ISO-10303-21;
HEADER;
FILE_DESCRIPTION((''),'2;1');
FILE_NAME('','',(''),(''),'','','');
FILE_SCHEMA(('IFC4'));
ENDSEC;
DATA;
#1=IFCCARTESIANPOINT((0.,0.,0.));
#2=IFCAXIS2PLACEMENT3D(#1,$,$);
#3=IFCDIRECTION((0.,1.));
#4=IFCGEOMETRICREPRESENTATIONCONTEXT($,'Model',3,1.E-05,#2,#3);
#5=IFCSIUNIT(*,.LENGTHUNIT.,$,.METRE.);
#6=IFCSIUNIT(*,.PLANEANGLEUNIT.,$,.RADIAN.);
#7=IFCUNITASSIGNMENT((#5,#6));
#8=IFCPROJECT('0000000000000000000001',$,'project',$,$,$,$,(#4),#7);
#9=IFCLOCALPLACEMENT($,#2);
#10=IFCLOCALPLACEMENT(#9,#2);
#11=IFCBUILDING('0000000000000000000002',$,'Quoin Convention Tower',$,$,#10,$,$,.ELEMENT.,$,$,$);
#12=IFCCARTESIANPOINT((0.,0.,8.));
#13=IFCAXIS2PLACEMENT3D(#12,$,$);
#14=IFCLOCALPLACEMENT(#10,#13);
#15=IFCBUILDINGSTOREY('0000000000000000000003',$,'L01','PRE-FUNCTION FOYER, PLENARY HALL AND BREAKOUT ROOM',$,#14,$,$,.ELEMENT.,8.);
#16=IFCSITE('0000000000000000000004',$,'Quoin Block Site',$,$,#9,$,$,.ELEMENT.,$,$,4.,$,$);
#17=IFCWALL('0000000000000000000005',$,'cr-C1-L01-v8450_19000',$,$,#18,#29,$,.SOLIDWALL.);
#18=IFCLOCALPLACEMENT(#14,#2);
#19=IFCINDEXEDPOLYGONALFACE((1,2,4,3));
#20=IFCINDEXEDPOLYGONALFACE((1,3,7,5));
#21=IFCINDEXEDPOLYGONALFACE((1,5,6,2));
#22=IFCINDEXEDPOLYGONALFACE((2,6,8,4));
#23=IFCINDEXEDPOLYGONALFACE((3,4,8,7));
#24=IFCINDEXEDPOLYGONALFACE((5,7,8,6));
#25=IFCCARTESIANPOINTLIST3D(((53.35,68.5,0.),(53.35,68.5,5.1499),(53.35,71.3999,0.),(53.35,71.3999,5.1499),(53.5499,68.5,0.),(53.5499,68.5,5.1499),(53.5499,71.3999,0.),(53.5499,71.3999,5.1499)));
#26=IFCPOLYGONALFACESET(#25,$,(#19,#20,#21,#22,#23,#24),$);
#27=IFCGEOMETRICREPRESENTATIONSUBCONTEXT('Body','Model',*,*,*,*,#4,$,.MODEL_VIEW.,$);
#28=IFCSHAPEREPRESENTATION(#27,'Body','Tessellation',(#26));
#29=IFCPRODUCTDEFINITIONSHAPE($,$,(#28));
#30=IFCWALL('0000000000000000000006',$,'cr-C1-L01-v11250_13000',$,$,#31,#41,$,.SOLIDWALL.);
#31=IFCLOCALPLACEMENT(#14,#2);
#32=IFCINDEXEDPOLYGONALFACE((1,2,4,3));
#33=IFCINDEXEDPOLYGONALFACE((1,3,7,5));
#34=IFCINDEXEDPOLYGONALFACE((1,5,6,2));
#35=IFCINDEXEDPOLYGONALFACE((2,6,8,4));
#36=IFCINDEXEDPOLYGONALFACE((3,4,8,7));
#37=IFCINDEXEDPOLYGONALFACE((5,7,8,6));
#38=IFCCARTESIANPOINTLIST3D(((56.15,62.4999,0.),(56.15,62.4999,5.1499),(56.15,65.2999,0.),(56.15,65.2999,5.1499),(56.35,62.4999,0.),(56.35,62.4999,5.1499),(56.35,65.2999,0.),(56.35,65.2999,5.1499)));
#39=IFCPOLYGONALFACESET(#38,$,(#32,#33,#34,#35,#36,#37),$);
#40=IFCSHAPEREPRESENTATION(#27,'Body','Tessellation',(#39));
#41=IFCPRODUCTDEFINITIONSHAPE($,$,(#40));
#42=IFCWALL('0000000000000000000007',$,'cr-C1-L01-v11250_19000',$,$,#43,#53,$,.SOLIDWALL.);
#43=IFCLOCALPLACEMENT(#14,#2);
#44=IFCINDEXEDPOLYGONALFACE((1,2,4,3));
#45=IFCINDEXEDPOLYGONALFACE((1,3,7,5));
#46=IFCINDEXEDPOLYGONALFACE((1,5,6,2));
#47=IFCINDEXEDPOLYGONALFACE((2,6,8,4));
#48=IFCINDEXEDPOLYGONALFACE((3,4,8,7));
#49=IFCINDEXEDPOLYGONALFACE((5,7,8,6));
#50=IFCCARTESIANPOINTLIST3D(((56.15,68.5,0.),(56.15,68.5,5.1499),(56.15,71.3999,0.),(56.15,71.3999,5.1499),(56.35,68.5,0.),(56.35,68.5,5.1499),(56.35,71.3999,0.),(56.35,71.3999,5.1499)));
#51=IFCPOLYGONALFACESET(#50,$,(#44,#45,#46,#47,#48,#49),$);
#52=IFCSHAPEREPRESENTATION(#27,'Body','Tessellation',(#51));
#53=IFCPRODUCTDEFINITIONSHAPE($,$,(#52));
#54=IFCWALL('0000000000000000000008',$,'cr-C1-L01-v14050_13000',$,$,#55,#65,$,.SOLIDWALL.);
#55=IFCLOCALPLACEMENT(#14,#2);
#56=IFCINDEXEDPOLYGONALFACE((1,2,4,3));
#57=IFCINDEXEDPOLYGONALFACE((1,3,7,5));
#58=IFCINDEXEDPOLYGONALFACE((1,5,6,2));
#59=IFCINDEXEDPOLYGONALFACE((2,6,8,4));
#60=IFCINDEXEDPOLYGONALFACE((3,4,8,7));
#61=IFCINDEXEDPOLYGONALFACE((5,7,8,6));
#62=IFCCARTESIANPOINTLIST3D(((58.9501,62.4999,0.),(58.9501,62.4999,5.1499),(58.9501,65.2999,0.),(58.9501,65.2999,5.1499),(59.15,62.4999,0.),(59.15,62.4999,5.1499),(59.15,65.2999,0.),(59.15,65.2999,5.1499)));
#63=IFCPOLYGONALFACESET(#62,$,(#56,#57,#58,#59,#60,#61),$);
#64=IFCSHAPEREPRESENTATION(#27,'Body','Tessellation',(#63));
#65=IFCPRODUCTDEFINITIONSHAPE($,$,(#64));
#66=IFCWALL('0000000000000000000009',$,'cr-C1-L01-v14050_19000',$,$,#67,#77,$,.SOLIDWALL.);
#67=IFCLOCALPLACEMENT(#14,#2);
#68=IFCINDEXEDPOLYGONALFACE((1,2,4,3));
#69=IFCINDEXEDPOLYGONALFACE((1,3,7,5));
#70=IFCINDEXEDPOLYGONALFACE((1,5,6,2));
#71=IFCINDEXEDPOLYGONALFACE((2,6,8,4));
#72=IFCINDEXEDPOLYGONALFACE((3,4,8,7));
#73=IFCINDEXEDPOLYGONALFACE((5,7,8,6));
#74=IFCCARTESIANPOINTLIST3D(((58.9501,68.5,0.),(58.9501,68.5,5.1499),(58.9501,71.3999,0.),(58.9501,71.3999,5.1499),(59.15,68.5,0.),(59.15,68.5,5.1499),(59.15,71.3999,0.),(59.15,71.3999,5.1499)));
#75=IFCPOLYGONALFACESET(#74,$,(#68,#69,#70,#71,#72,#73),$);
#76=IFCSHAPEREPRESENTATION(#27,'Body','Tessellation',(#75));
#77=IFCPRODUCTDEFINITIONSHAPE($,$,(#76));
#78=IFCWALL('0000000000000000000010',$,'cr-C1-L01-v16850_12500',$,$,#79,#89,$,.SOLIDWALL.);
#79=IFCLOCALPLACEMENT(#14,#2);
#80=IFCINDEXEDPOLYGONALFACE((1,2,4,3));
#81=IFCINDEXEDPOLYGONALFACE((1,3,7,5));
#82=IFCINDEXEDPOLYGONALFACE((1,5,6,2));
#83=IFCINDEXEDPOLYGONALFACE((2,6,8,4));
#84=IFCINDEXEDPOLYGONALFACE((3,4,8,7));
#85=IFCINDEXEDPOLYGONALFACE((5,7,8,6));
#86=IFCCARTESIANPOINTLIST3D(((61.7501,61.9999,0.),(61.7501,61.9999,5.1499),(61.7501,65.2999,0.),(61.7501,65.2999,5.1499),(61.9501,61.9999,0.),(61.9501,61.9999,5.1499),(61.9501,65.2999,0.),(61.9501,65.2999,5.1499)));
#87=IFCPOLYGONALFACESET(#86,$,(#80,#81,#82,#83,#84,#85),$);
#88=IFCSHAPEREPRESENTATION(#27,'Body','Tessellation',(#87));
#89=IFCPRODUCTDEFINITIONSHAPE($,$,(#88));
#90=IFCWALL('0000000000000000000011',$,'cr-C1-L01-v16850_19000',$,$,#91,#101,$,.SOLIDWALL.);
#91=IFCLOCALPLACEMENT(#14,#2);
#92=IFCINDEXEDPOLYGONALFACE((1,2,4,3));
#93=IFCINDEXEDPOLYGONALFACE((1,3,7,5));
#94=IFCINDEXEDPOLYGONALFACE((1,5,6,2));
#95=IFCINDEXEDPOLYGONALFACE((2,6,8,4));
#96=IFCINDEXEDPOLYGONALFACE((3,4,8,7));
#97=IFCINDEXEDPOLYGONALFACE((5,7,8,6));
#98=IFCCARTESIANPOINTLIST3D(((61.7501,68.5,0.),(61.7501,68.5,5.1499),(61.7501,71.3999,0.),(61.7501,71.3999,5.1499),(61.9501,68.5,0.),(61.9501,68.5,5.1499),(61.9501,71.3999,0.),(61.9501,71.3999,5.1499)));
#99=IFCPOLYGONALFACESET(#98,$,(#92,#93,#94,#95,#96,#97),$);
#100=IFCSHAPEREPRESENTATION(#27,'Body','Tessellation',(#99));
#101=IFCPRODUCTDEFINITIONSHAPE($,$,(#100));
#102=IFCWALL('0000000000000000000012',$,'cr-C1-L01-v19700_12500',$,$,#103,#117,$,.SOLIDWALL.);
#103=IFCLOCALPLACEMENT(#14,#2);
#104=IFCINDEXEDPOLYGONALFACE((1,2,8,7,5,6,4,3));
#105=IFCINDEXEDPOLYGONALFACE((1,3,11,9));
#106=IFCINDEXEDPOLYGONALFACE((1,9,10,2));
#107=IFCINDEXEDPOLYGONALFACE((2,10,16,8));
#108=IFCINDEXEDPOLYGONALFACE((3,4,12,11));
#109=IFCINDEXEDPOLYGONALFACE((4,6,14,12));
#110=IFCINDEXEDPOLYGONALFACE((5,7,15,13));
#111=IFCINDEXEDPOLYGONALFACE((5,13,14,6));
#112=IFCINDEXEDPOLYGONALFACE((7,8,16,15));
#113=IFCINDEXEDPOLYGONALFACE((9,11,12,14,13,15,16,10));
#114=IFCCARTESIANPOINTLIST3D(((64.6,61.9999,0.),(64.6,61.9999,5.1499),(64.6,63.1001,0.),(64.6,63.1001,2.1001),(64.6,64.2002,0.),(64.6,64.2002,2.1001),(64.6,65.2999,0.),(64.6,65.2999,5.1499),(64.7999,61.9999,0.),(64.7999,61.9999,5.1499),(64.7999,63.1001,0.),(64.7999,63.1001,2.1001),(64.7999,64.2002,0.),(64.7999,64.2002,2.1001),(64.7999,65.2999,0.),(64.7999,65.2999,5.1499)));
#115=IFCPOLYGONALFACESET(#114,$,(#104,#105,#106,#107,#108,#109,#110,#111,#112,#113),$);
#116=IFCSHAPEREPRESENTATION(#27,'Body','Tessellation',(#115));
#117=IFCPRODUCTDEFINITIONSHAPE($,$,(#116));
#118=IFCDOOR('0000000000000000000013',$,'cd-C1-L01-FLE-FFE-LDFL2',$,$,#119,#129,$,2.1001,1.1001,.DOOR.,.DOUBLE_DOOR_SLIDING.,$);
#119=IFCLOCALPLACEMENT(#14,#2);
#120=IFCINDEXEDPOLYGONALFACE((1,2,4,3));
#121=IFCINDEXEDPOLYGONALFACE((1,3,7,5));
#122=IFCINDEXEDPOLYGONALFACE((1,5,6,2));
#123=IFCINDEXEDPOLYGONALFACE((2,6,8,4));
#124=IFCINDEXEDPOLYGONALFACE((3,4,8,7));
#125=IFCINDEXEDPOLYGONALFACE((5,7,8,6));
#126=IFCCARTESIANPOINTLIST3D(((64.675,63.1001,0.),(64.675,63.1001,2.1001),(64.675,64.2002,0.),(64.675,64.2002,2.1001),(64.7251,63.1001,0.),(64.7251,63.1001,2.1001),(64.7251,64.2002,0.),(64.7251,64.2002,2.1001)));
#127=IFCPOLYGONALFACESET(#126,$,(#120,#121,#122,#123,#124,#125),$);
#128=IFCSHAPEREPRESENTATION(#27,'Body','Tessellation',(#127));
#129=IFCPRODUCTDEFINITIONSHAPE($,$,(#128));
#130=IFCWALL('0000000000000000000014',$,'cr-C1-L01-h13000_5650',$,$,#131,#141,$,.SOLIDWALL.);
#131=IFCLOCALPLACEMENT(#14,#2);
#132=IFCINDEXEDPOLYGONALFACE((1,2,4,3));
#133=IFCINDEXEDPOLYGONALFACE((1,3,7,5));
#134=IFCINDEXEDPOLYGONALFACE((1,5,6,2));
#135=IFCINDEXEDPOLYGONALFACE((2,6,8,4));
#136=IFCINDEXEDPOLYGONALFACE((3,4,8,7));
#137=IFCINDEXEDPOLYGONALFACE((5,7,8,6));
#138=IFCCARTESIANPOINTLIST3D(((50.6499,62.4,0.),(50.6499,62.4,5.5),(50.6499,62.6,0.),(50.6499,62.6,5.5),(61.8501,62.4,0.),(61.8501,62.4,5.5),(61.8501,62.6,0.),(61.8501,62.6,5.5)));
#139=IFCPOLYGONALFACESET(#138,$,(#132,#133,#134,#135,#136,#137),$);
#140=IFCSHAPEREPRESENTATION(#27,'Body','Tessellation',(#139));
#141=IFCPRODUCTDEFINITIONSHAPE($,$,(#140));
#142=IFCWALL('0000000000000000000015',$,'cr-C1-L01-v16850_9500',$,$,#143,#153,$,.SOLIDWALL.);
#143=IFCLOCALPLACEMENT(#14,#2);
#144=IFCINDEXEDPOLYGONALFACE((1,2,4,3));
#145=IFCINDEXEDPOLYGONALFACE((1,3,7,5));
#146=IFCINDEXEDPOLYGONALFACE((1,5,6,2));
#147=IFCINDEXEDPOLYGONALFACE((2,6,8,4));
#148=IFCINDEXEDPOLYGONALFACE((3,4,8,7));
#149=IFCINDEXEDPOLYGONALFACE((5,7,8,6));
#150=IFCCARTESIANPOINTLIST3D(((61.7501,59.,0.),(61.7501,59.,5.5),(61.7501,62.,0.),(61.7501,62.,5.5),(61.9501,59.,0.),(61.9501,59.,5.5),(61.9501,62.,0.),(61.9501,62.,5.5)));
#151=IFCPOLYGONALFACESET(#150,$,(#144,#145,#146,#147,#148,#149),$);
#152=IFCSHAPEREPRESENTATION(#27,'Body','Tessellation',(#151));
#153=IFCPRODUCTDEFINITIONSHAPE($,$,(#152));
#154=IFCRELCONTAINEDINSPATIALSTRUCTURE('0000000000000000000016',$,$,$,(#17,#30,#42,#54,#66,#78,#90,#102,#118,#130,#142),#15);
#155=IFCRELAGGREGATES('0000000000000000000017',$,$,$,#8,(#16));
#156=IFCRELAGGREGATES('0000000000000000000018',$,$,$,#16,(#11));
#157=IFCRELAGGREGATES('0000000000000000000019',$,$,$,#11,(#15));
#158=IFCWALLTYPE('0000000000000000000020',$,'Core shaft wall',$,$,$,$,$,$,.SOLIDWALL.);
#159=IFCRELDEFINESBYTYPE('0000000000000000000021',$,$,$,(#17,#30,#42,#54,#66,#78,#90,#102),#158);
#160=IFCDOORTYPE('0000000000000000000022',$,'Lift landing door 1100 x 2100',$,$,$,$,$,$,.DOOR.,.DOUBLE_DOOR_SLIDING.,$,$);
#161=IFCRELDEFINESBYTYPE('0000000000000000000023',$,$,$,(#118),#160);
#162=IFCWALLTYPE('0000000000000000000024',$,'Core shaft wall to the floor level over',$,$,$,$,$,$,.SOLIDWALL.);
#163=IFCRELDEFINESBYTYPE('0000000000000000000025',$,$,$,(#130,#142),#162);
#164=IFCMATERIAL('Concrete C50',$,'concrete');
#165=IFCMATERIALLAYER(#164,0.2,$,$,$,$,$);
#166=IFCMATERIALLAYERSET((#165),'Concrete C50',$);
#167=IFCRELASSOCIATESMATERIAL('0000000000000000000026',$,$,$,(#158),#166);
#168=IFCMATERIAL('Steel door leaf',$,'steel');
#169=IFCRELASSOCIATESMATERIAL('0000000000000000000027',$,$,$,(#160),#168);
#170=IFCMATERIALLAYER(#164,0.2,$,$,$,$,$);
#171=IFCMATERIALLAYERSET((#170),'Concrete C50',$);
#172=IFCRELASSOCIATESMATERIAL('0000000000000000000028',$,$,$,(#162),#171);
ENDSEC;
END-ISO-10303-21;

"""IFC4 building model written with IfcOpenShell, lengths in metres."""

from ifc_helpers import new_model, si_unit, direction, frame, frame_2d, origin, place, context, subcontext, project, spatial, rectangle, extrude, material, layer, layer_set, type_object, element, fill, save


model = new_model("IFC4")

# Units and contexts
model_context = context("Model", 3, precision=1e-05, world=origin(), true_north=direction((0.0, 1.0)))
body_context = subcontext(model_context, "Body", "Model", "MODEL_VIEW")
ifc_project = project(units=[si_unit("LENGTHUNIT", "METRE"), si_unit("PLANEANGLEUNIT", "RADIAN")], contexts=[model_context])

# Site, building, storey
site_placement = place(None, origin())
site = spatial("IfcSite", under=ifc_project, at=site_placement, Name="Quoin Block Site", CompositionType="ELEMENT", RefElevation=4.0)
building_placement = place(site_placement, origin())
building = spatial("IfcBuilding", under=site, at=building_placement, Name="Quoin Convention Tower", CompositionType="ELEMENT")
storey_placement = place(building_placement, frame((0.0, 0.0, 8.0)))
storey = spatial("IfcBuildingStorey", under=building, at=storey_placement, Name="L01", Description="PRE-FUNCTION FOYER, PLENARY HALL AND BREAKOUT ROOM", CompositionType="ELEMENT", Elevation=8.0)

# Shared definitions
ifc_material_1 = material(Name="Steel door leaf", Category="steel")

# Shared definitions
ifc_material_2 = material(Name="Concrete C50", Category="concrete")
ifc_layer_1 = layer(ifc_material_2, 0.2)
ifc_layer_set_1 = layer_set([ifc_layer_1], Name="Concrete C50")
wall_type_1 = type_object("IfcWallType", Name="Core shaft wall", PredefinedType="SOLIDWALL", material=ifc_layer_set_1)

# Walls
wall_1_placement = place(storey_placement, frame((53.45, 68.5, 0.0), z_axis=(0.0, 0.0, 1.0), x_axis=(0.0, 1.0, 0.0)))
element("IfcWall", 1, at=wall_1_placement, inside=storey, type_object=wall_type_1, Name="cr-C1-L01-v8450_19000", PredefinedType="SOLIDWALL", context=body_context, shape_type="SweptSolid", body=[
    extrude(rectangle(XDim=2.8999, YDim=0.2, at=frame_2d((1.45, 0.0))), origin(), (0.0, 0.0, 1.0), 5.1499),
])
wall_2_placement = place(storey_placement, frame((56.25, 62.5, 0.0), z_axis=(0.0, 0.0, 1.0), x_axis=(0.0, 1.0, 0.0)))
element("IfcWall", 2, at=wall_2_placement, inside=storey, type_object=wall_type_1, Name="cr-C1-L01-v11250_13000", PredefinedType="SOLIDWALL", context=body_context, shape_type="SweptSolid", body=[
    extrude(rectangle(XDim=2.8, YDim=0.2, at=frame_2d((1.3999, 0.0))), origin(), (0.0, 0.0, 1.0), 5.1499),
])
wall_3_placement = place(storey_placement, frame((56.25, 68.5, 0.0), z_axis=(0.0, 0.0, 1.0), x_axis=(0.0, 1.0, 0.0)))
element("IfcWall", 3, at=wall_3_placement, inside=storey, type_object=wall_type_1, Name="cr-C1-L01-v11250_19000", PredefinedType="SOLIDWALL", context=body_context, shape_type="SweptSolid", body=[
    extrude(rectangle(XDim=2.8999, YDim=0.2, at=frame_2d((1.45, 0.0))), origin(), (0.0, 0.0, 1.0), 5.1499),
])
wall_4_placement = place(storey_placement, frame((59.05, 62.5, 0.0), z_axis=(0.0, 0.0, 1.0), x_axis=(0.0, 1.0, 0.0)))
element("IfcWall", 4, at=wall_4_placement, inside=storey, type_object=wall_type_1, Name="cr-C1-L01-v14050_13000", PredefinedType="SOLIDWALL", context=body_context, shape_type="SweptSolid", body=[
    extrude(rectangle(XDim=2.8, YDim=0.2, at=frame_2d((1.3999, 0.0))), origin(), (0.0, 0.0, 1.0), 5.1499),
])
wall_5_placement = place(storey_placement, frame((59.05, 68.5, 0.0), z_axis=(0.0, 0.0, 1.0), x_axis=(0.0, 1.0, 0.0)))
element("IfcWall", 5, at=wall_5_placement, inside=storey, type_object=wall_type_1, Name="cr-C1-L01-v14050_19000", PredefinedType="SOLIDWALL", context=body_context, shape_type="SweptSolid", body=[
    extrude(rectangle(XDim=2.8999, YDim=0.2, at=frame_2d((1.45, 0.0))), origin(), (0.0, 0.0, 1.0), 5.1499),
])
wall_6_placement = place(storey_placement, frame((61.8501, 62.0, 0.0), z_axis=(0.0, 0.0, 1.0), x_axis=(0.0, 1.0, 0.0)))
element("IfcWall", 6, at=wall_6_placement, inside=storey, type_object=wall_type_1, Name="cr-C1-L01-v16850_12500", PredefinedType="SOLIDWALL", context=body_context, shape_type="SweptSolid", body=[
    extrude(rectangle(XDim=3.3, YDim=0.2, at=frame_2d((1.6499, 0.0))), origin(), (0.0, 0.0, 1.0), 5.1499),
])
wall_7_placement = place(storey_placement, frame((61.8501, 68.5, 0.0), z_axis=(0.0, 0.0, 1.0), x_axis=(0.0, 1.0, 0.0)))
element("IfcWall", 7, at=wall_7_placement, inside=storey, type_object=wall_type_1, Name="cr-C1-L01-v16850_19000", PredefinedType="SOLIDWALL", context=body_context, shape_type="SweptSolid", body=[
    extrude(rectangle(XDim=2.8999, YDim=0.2, at=frame_2d((1.45, 0.0))), origin(), (0.0, 0.0, 1.0), 5.1499),
])

# Wall, opening, door
wall_8_placement = place(storey_placement, frame((64.7, 62.0, 0.0), z_axis=(0.0, 0.0, 1.0), x_axis=(0.0, 1.0, 0.0)))
wall_8 = element("IfcWall", 8, at=wall_8_placement, inside=storey, type_object=wall_type_1, Name="cr-C1-L01-v19700_12500", PredefinedType="SOLIDWALL", context=body_context, shape_type="SweptSolid", body=[
    extrude(rectangle(XDim=3.3, YDim=0.2, at=frame_2d((1.6499, 0.0))), origin(), (0.0, 0.0, 1.0), 5.1499),
])
opening_1_placement = place(wall_8_placement, frame((1.1001, 0.0, 0.0)))
opening_1 = element("IfcOpeningElement", 9, at=opening_1_placement, cuts=wall_8, PredefinedType="OPENING", context=body_context, shape_type="SweptSolid", body=[
    extrude(rectangle(XDim=1.1001, YDim=2.1001, at=frame_2d((0.55, 1.05))), frame((0.0, 0.1099, 0.0), z_axis=(0.0, -1.0, 0.0), x_axis=(1.0, 0.0, 0.0)), (0.0, 0.0, 1.0), 0.22),
])
door_type_1 = type_object("IfcDoorType", Name="Lift landing door 1100 x 2100", OperationType="DOUBLE_DOOR_SLIDING", PredefinedType="DOOR", material=ifc_material_1)
door_1_placement = place(opening_1_placement, origin())
door_1 = element("IfcDoor", 10, at=door_1_placement, inside=storey, type_object=door_type_1, Name="cd-C1-L01-FLE-FFE-LDFL2", OperationType="DOUBLE_DOOR_SLIDING", OverallHeight=2.1001, OverallWidth=1.1001, PredefinedType="DOOR", context=body_context, shape_type="SweptSolid", body=[
    extrude(rectangle(XDim=1.1001, YDim=2.1001, at=frame_2d((0.55, 1.05))), frame((0.0, 0.0249, 0.0), z_axis=(0.0, -1.0, 0.0), x_axis=(1.0, 0.0, 0.0)), (0.0, 0.0, 1.0), 0.05),
])
fill(opening_1, door_1)

# Walls
ifc_layer_2 = layer(ifc_material_2, 0.2)
ifc_layer_set_2 = layer_set([ifc_layer_2], Name="Concrete C50")
wall_type_2 = type_object("IfcWallType", Name="Core shaft wall to the floor level over", PredefinedType="SOLIDWALL", material=ifc_layer_set_2)
wall_9_placement = place(storey_placement, frame((50.6499, 62.5, 0.0), z_axis=(0.0, 0.0, 1.0), x_axis=(1.0, 0.0, 0.0)))
element("IfcWall", 11, at=wall_9_placement, inside=storey, type_object=wall_type_2, Name="cr-C1-L01-h13000_5650", PredefinedType="SOLIDWALL", context=body_context, shape_type="SweptSolid", body=[
    extrude(rectangle(XDim=11.2002, YDim=0.2, at=frame_2d((5.6001, 0.0))), origin(), (0.0, 0.0, 1.0), 5.5),
])
wall_10_placement = place(storey_placement, frame((61.8501, 59.0, 0.0), z_axis=(0.0, 0.0, 1.0), x_axis=(0.0, 1.0, 0.0)))
element("IfcWall", 12, at=wall_10_placement, inside=storey, type_object=wall_type_2, Name="cr-C1-L01-v16850_9500", PredefinedType="SOLIDWALL", context=body_context, shape_type="SweptSolid", body=[
    extrude(rectangle(XDim=3.0, YDim=0.2, at=frame_2d((1.5, 0.0))), origin(), (0.0, 0.0, 1.0), 5.5),
])

save(model, "model.ifc")
